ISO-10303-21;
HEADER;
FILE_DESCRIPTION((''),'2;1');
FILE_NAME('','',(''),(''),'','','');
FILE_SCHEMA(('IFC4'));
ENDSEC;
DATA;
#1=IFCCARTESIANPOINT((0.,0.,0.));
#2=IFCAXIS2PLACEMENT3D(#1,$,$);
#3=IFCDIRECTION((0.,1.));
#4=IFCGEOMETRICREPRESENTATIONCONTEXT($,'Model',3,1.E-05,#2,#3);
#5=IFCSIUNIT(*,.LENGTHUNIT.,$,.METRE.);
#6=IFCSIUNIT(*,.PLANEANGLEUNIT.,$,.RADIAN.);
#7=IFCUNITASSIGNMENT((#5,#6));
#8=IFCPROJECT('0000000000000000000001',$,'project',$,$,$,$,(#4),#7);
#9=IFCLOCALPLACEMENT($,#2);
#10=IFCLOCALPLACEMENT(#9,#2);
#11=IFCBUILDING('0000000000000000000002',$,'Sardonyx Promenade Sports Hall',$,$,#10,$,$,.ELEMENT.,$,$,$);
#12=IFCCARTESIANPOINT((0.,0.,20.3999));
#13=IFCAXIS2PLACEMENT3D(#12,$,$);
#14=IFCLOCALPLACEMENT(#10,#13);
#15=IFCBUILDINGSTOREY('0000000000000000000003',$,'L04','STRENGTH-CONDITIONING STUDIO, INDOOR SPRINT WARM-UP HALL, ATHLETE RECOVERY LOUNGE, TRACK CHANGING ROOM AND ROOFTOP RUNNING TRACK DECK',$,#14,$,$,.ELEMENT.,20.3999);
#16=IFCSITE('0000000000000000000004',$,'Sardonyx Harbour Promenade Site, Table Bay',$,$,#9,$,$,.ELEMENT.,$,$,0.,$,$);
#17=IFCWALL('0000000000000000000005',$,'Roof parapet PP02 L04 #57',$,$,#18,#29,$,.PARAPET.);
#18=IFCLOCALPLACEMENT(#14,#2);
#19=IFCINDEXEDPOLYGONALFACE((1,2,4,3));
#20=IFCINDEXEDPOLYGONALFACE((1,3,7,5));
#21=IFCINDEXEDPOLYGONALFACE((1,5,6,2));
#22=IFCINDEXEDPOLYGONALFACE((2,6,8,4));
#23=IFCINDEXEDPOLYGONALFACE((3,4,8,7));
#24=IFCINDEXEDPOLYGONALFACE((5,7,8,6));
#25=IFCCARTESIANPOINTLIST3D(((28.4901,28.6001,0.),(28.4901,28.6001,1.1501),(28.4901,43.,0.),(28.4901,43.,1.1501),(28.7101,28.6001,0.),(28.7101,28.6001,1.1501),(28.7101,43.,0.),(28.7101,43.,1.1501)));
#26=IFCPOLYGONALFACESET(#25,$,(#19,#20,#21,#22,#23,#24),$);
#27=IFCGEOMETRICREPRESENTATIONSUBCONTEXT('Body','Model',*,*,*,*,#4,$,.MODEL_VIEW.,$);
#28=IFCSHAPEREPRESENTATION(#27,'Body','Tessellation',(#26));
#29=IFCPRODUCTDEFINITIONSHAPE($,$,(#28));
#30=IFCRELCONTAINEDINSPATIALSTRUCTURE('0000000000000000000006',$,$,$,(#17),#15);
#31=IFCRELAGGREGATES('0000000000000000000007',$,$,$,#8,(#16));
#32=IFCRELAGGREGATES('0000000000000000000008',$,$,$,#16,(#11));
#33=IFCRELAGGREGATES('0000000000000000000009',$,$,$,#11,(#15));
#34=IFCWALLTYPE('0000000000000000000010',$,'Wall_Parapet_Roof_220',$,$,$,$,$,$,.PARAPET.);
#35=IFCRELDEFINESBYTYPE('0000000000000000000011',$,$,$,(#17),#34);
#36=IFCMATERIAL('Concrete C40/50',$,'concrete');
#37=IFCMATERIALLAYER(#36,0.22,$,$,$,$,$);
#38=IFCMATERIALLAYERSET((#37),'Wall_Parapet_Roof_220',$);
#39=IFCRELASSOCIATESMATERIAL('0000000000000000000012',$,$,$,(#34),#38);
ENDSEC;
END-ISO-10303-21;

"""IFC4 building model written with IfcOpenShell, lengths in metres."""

from ifc_helpers import new_model, si_unit, direction, frame, frame_2d, origin, place, context, subcontext, project, spatial, rectangle, extrude, material, layer, layer_set, type_object, element, save


model = new_model("IFC4")

# Units and contexts
model_context = context("Model", 3, precision=1e-05, world=origin(), true_north=direction((0.0, 1.0)))
body_context = subcontext(model_context, "Body", "Model", "MODEL_VIEW")
ifc_project = project(units=[si_unit("LENGTHUNIT", "METRE"), si_unit("PLANEANGLEUNIT", "RADIAN")], contexts=[model_context])

# Site, building, storey
site_placement = place(None, origin())
site = spatial("IfcSite", under=ifc_project, at=site_placement, Name="Sardonyx Harbour Promenade Site, Table Bay", CompositionType="ELEMENT", RefElevation=0.0)
building_placement = place(site_placement, origin())
building = spatial("IfcBuilding", under=site, at=building_placement, Name="Sardonyx Promenade Sports Hall", CompositionType="ELEMENT")
storey_placement = place(building_placement, frame((0.0, 0.0, 20.3999)))
storey = spatial("IfcBuildingStorey", under=building, at=storey_placement, Name="L04", Description="STRENGTH-CONDITIONING STUDIO, INDOOR SPRINT WARM-UP HALL, ATHLETE RECOVERY LOUNGE, TRACK CHANGING ROOM AND ROOFTOP RUNNING TRACK DECK", CompositionType="ELEMENT", Elevation=20.3999)

# Wall
ifc_material_1 = material(Name="Concrete C40/50", Category="concrete")
ifc_layer_1 = layer(ifc_material_1, 0.22)
ifc_layer_set_1 = layer_set([ifc_layer_1], Name="Wall_Parapet_Roof_220")
wall_type = type_object("IfcWallType", Name="Wall_Parapet_Roof_220", PredefinedType="PARAPET", material=ifc_layer_set_1)
for number, where, z_axis, x_axis, name in (
    (1, (28.6001, 43.0, 0.0), (0.0, 0.0, 1.0), (0.0, -1.0, 0.0), "Roof parapet PP02 L04 #57"),
):
    element("IfcWall", number, at=place(storey_placement, frame(where, z_axis=z_axis, x_axis=x_axis)), inside=storey, type_object=wall_type, Name=name, PredefinedType="PARAPET", context=body_context, shape_type="SweptSolid", body=[
        extrude(rectangle(XDim=14.3999, YDim=0.22, at=frame_2d((7.2, 0.0))), origin(), (0.0, 0.0, 1.0), 1.1501),
    ])

save(model, "model.ifc")
